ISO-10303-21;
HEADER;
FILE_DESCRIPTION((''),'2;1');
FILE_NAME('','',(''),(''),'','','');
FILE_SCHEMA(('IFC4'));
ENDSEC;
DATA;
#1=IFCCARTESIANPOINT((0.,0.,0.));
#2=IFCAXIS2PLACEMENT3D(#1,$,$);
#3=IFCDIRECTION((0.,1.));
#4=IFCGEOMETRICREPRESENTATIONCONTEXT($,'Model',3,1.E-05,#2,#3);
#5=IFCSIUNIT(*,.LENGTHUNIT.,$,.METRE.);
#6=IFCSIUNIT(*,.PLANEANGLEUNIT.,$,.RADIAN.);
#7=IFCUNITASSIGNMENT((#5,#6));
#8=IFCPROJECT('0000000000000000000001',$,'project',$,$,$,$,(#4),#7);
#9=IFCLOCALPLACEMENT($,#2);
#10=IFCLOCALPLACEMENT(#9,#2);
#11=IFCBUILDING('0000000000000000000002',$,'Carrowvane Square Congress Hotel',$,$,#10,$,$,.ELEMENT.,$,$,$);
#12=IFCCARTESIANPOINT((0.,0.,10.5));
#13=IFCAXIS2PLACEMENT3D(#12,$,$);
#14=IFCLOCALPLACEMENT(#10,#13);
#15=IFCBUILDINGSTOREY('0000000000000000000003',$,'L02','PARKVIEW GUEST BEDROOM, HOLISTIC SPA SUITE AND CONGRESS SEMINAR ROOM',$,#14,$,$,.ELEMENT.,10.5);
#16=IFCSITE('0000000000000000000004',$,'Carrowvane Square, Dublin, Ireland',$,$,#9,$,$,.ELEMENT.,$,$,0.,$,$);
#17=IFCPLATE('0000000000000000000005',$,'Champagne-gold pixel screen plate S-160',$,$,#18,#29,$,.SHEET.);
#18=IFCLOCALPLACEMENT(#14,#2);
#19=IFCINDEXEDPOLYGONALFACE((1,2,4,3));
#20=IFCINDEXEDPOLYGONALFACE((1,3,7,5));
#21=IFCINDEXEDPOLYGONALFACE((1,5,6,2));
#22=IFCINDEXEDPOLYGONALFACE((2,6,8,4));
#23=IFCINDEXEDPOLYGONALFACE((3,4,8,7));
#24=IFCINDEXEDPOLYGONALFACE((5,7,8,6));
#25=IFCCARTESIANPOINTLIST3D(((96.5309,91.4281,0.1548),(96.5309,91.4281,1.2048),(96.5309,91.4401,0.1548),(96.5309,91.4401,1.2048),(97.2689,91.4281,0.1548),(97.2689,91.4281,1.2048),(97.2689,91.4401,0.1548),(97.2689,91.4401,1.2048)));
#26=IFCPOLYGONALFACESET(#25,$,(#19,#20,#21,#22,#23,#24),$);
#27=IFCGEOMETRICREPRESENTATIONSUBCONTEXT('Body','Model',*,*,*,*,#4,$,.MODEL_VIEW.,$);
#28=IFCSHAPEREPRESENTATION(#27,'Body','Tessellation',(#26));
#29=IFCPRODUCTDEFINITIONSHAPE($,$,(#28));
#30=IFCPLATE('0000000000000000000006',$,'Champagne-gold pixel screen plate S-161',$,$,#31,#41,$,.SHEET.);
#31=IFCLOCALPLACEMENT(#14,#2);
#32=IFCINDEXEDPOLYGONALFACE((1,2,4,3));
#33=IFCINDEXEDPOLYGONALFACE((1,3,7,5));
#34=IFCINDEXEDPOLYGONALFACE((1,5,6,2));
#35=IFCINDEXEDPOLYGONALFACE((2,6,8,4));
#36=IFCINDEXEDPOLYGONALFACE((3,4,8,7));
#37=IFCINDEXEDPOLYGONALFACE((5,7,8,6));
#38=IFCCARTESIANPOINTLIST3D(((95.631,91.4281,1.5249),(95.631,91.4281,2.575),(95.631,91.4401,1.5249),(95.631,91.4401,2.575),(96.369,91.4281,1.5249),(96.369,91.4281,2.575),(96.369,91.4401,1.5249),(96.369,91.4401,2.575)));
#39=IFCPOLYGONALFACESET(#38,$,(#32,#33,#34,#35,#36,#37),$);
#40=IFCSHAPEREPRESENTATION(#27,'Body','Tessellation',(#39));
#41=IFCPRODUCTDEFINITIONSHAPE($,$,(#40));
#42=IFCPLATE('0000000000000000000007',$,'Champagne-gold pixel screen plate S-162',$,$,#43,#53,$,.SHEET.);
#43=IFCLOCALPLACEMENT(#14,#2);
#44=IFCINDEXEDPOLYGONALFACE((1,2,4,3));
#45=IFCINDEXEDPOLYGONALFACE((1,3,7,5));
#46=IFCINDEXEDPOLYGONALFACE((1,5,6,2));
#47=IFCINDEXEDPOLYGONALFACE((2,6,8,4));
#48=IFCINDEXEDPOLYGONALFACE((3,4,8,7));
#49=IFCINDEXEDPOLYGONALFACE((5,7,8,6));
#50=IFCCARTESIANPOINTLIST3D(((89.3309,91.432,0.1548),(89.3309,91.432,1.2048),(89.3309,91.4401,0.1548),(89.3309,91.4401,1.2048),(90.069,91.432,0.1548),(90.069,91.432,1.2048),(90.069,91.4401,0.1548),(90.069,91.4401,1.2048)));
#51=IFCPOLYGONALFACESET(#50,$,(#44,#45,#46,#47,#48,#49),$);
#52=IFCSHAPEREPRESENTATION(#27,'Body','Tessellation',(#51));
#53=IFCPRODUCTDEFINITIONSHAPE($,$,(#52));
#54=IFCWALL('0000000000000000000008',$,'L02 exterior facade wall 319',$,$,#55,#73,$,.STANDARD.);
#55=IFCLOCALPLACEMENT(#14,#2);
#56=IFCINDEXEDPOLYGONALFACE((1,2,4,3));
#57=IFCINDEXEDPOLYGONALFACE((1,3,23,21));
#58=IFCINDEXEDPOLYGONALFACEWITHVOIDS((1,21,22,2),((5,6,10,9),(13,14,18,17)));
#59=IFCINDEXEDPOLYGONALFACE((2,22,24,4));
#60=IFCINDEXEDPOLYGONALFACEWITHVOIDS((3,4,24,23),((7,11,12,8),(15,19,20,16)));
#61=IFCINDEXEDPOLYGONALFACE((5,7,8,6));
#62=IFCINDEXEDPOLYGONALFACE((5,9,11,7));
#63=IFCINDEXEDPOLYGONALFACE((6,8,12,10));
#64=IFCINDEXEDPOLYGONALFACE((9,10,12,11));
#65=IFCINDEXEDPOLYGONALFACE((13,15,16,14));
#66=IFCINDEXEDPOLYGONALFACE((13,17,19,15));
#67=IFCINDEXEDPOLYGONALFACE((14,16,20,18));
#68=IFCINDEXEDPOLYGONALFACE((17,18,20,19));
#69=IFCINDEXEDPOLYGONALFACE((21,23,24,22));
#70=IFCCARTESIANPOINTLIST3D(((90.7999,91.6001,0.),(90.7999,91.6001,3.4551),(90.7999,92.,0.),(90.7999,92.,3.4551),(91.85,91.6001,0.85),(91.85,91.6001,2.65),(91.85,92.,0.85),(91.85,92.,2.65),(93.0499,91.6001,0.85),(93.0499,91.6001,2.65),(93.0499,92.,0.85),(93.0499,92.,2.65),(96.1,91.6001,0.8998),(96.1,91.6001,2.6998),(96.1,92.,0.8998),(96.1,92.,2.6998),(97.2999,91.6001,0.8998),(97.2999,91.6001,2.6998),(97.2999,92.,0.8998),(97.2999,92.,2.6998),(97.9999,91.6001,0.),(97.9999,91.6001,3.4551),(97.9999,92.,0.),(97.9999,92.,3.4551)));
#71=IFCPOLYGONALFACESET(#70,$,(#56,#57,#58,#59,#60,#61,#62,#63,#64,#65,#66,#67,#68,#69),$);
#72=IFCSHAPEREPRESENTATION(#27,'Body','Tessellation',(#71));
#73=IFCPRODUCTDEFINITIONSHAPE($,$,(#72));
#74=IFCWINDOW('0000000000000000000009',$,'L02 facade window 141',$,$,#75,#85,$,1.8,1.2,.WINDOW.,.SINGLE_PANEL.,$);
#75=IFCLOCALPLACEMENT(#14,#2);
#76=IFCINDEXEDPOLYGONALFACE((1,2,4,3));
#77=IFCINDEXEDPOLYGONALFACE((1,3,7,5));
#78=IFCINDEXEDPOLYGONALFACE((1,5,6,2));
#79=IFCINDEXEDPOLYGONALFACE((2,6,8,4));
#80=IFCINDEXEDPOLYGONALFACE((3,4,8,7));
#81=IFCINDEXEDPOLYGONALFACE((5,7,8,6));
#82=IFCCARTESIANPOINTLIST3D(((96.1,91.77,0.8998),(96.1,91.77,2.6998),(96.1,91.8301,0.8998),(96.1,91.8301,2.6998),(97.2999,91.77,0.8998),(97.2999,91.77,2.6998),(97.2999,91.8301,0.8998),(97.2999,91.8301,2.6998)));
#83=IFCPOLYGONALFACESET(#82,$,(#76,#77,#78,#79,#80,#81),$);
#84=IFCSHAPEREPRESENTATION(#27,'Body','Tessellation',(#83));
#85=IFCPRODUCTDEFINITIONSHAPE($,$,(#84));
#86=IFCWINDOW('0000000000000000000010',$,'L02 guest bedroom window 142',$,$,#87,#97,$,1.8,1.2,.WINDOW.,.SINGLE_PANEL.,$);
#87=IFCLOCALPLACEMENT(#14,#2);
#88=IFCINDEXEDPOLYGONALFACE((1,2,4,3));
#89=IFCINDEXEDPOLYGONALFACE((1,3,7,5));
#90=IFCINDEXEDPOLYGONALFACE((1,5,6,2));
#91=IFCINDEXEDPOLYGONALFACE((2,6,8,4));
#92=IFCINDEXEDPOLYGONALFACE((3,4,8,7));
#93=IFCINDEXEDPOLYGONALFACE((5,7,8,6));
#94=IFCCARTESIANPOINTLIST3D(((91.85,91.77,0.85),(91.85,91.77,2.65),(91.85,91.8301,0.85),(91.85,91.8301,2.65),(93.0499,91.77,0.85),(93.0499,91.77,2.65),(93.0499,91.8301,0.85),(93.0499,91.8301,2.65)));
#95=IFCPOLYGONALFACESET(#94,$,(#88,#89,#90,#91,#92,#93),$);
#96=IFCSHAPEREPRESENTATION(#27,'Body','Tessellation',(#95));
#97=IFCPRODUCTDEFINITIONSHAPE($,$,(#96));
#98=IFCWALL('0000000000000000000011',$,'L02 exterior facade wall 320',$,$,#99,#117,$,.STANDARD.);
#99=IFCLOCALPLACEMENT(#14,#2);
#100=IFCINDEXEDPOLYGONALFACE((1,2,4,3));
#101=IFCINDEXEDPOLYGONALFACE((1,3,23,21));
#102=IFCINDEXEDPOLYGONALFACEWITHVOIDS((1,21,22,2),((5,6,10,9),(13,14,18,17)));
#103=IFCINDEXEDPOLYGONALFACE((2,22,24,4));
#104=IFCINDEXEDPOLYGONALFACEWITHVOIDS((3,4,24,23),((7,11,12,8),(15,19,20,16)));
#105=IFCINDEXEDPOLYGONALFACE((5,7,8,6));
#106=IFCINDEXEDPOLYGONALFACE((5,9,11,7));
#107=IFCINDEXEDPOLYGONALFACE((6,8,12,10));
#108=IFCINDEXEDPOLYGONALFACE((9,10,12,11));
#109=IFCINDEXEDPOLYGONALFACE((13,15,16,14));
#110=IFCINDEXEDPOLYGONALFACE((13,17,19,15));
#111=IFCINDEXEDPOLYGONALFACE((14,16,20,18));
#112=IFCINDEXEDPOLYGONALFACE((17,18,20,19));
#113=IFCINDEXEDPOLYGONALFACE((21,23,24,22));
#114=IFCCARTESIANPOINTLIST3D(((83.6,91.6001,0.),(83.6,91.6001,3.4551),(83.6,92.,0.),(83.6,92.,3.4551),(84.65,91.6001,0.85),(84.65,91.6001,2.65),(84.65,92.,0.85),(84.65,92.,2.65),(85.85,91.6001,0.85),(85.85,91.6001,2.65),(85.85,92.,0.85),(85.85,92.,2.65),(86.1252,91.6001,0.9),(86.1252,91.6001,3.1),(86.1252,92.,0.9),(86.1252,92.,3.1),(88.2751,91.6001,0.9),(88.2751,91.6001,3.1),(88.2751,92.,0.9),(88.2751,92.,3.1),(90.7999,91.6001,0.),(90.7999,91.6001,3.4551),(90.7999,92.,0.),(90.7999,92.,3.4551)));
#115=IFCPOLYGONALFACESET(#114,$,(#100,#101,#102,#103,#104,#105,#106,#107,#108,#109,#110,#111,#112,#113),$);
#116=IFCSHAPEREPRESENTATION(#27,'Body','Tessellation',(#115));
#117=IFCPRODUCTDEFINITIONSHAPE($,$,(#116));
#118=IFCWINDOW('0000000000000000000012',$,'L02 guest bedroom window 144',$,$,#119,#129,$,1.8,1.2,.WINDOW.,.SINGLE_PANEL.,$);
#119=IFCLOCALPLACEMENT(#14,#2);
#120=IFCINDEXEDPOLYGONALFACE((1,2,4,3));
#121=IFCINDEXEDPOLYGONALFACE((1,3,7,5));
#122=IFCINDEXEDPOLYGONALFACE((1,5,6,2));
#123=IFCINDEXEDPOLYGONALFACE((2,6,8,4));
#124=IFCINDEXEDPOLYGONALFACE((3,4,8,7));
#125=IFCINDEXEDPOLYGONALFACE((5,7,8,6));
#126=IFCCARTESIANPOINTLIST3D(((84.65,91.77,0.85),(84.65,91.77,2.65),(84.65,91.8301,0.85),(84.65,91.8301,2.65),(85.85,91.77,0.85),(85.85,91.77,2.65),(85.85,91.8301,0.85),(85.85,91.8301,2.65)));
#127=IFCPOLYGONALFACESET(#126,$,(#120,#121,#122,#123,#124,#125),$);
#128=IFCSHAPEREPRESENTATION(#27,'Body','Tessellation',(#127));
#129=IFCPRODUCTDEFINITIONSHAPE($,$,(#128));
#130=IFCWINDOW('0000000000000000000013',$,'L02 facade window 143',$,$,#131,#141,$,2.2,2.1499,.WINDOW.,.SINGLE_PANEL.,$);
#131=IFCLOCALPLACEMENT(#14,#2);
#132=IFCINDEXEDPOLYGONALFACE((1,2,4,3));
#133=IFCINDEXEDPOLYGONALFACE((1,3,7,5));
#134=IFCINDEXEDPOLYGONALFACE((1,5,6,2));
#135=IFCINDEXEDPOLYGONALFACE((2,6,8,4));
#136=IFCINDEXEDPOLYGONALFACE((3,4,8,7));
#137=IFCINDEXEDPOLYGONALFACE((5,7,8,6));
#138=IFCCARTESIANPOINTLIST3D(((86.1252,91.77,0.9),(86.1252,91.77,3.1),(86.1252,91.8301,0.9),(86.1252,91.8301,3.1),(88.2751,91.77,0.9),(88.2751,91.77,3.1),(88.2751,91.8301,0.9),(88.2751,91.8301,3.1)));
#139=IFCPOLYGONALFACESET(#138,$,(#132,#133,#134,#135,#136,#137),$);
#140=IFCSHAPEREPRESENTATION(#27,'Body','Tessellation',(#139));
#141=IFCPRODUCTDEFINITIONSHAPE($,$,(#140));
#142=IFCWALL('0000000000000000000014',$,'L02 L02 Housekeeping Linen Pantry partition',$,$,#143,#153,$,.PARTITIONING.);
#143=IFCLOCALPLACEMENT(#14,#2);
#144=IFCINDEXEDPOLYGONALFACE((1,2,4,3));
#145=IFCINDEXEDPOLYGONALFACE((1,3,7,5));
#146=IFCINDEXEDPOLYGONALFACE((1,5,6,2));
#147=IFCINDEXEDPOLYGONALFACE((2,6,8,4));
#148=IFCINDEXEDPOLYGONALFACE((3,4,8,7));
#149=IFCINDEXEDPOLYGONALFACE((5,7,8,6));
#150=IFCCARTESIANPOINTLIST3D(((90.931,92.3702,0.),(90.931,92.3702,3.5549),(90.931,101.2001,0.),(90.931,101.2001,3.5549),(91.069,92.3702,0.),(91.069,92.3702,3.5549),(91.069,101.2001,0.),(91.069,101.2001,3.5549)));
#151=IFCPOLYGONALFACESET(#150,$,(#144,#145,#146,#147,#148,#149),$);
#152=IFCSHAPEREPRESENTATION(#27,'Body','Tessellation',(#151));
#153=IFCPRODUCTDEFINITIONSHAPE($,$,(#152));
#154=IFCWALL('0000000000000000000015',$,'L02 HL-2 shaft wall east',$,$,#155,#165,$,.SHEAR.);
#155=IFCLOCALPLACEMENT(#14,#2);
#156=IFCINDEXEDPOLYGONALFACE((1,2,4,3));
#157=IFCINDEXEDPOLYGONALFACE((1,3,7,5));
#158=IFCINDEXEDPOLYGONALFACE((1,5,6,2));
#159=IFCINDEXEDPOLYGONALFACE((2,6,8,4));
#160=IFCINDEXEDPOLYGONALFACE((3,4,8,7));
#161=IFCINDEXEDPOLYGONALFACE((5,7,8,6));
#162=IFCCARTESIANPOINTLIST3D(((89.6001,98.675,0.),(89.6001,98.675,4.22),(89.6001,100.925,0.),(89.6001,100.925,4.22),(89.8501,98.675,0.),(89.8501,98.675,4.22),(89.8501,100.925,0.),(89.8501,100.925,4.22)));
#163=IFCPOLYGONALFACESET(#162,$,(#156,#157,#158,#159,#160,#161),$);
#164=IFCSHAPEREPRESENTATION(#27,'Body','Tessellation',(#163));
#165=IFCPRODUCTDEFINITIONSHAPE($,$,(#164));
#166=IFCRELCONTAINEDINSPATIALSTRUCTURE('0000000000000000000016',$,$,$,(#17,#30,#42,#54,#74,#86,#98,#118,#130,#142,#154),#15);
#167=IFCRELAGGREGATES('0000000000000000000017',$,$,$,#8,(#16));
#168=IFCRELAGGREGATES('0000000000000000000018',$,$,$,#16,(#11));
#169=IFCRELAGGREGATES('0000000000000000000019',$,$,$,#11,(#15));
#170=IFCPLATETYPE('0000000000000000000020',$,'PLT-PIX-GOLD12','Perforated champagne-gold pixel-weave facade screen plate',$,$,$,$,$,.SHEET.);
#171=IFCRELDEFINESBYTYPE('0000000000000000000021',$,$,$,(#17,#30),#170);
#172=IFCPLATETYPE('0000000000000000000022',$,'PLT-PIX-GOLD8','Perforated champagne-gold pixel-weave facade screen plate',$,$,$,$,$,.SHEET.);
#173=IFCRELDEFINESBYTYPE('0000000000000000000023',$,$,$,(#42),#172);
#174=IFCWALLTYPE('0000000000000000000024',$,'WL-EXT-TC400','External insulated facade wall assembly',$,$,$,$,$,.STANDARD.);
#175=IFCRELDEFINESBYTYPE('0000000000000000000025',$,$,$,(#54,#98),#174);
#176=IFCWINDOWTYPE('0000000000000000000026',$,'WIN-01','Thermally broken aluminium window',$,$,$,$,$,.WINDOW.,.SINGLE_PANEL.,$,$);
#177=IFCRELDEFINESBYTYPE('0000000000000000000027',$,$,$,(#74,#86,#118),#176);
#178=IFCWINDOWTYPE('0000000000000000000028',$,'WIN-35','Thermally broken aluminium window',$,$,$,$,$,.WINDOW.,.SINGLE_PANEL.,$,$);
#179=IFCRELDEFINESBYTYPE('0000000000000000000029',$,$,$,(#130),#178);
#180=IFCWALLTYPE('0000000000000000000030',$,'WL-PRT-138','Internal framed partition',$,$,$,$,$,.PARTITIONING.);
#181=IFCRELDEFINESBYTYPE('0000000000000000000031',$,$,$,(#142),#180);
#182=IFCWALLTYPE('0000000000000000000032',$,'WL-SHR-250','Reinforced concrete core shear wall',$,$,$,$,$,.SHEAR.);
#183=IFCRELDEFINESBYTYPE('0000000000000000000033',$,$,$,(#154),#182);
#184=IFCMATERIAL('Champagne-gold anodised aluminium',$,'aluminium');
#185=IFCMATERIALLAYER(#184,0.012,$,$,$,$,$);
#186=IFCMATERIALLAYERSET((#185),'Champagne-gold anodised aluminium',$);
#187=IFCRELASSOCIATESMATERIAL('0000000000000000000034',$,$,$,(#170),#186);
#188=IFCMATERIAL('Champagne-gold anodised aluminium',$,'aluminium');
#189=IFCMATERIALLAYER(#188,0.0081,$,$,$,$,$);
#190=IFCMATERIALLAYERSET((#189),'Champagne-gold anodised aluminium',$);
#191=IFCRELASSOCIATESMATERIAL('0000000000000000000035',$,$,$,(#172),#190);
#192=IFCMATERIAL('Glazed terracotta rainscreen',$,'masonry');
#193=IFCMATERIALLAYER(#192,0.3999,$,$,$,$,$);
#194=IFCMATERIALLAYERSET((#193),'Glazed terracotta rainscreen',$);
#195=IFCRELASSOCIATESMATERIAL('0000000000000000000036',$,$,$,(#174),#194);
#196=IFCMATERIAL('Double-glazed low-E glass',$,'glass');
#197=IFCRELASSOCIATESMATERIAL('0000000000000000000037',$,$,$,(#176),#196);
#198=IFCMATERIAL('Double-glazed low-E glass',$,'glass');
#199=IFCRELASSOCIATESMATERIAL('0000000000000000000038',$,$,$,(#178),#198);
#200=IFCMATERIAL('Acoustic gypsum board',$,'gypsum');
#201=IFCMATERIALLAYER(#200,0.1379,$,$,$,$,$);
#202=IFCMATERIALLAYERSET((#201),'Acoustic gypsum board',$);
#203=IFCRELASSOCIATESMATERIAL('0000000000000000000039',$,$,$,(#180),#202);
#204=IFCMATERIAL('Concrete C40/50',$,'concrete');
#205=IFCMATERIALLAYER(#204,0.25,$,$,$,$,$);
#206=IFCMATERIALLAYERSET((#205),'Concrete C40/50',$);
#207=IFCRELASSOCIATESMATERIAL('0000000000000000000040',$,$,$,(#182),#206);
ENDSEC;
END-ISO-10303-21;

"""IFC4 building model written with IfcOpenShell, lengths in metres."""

from ifc_helpers import new_model, si_unit, direction, frame, frame_2d, origin, origin_2d, place, context, subcontext, project, spatial, rectangle, extrude, material, layer, layer_set, type_object, element, fill, save


model = new_model("IFC4")

# Units and contexts
model_context = context("Model", 3, precision=1e-05, world=origin(), true_north=direction((0.0, 1.0)))
body_context = subcontext(model_context, "Body", "Model", "MODEL_VIEW")
ifc_project = project(units=[si_unit("LENGTHUNIT", "METRE"), si_unit("PLANEANGLEUNIT", "RADIAN")], contexts=[model_context])

# Site, building, storey
site_placement = place(None, origin())
site = spatial("IfcSite", under=ifc_project, at=site_placement, Name="Carrowvane Square, Dublin, Ireland", CompositionType="ELEMENT", RefElevation=0.0)
building_placement = place(site_placement, origin())
building = spatial("IfcBuilding", under=site, at=building_placement, Name="Carrowvane Square Congress Hotel", CompositionType="ELEMENT")
storey_placement = place(building_placement, frame((0.0, 0.0, 10.5)))
storey = spatial("IfcBuildingStorey", under=building, at=storey_placement, Name="L02", Description="PARKVIEW GUEST BEDROOM, HOLISTIC SPA SUITE AND CONGRESS SEMINAR ROOM", CompositionType="ELEMENT", Elevation=10.5)

# Plates
ifc_material_1 = material(Name="Champagne-gold anodised aluminium", Category="aluminium")
ifc_layer_1 = layer(ifc_material_1, 0.012)
ifc_layer_set_1 = layer_set([ifc_layer_1], Name="Champagne-gold anodised aluminium")
plate_type_1 = type_object("IfcPlateType", Name="PLT-PIX-GOLD12", Description="Perforated champagne-gold pixel-weave facade screen plate", PredefinedType="SHEET", material=ifc_layer_set_1)
for number, where, z_axis, x_axis, name in (
    (1, (96.8999, 91.4341, 0.1548), (0.0, 0.0, 1.0), (-1.0, 0.0, 0.0), "Champagne-gold pixel screen plate S-160"),
    (2, (96.0, 91.4341, 1.5249), (0.0, 0.0, 1.0), (-1.0, 0.0, 0.0), "Champagne-gold pixel screen plate S-161"),
):
    element("IfcPlate", number, at=place(storey_placement, frame(where, z_axis=z_axis, x_axis=x_axis)), inside=storey, type_object=plate_type_1, Name=name, PredefinedType="SHEET", context=body_context, shape_type="SweptSolid", body=[
        extrude(rectangle(XDim=0.738, YDim=0.012, at=origin_2d()), origin(), (0.0, 0.0, 1.0), 1.05),
    ])
ifc_material_2 = material(Name="Champagne-gold anodised aluminium", Category="aluminium")
ifc_layer_2 = layer(ifc_material_2, 0.0081)
ifc_layer_set_2 = layer_set([ifc_layer_2], Name="Champagne-gold anodised aluminium")
plate_type_2 = type_object("IfcPlateType", Name="PLT-PIX-GOLD8", Description="Perforated champagne-gold pixel-weave facade screen plate", PredefinedType="SHEET", material=ifc_layer_set_2)
plate_placement = place(storey_placement, frame((89.7, 91.436, 0.1548), z_axis=(0.0, 0.0, 1.0), x_axis=(-1.0, 0.0, 0.0)))
element("IfcPlate", 3, at=plate_placement, inside=storey, type_object=plate_type_2, Name="Champagne-gold pixel screen plate S-162", PredefinedType="SHEET", context=body_context, shape_type="SweptSolid", body=[
    extrude(rectangle(XDim=0.738, YDim=0.0081, at=origin_2d()), origin(), (0.0, 0.0, 1.0), 1.05),
])

# Walls, openings, windows
ifc_material_3 = material(Name="Glazed terracotta rainscreen", Category="masonry")
ifc_layer_3 = layer(ifc_material_3, 0.3999)
ifc_layer_set_3 = layer_set([ifc_layer_3], Name="Glazed terracotta rainscreen")
wall_type_1 = type_object("IfcWallType", Name="WL-EXT-TC400", Description="External insulated facade wall assembly", PredefinedType="STANDARD", material=ifc_layer_set_3)
wall_1_placement = place(storey_placement, frame((98.0, 91.8, 0.0), z_axis=(0.0, 0.0, 1.0), x_axis=(-1.0, 0.0, 0.0)))
wall_1 = element("IfcWall", 4, at=wall_1_placement, inside=storey, type_object=wall_type_1, Name="L02 exterior facade wall 319", PredefinedType="STANDARD", context=body_context, shape_type="SweptSolid", body=[
    extrude(rectangle(XDim=7.2, YDim=0.3999, at=frame_2d((3.6001, 0.0))), origin(), (0.0, 0.0, 1.0), 3.4551),
])
opening_1_placement = place(wall_1_placement, frame((0.7, 0.0, 0.8999)))
opening_1 = element("IfcOpeningElement", 5, at=opening_1_placement, cuts=wall_1, PredefinedType="OPENING", context=body_context, shape_type="SweptSolid", body=[
    extrude(rectangle(XDim=1.2, YDim=1.8, at=frame_2d((0.6001, 0.8999))), frame((0.0, 0.21, 0.0), z_axis=(0.0, -1.0, 0.0), x_axis=(1.0, 0.0, 0.0)), (0.0, 0.0, 1.0), 0.4199),
])
opening_2_placement = place(wall_1_placement, frame((4.95, 0.0, 0.8501)))
opening_2 = element("IfcOpeningElement", 6, at=opening_2_placement, cuts=wall_1, PredefinedType="OPENING", context=body_context, shape_type="SweptSolid", body=[
    extrude(rectangle(XDim=1.2, YDim=1.8, at=frame_2d((0.6001, 0.8999))), frame((0.0, 0.21, 0.0), z_axis=(0.0, -1.0, 0.0), x_axis=(1.0, 0.0, 0.0)), (0.0, 0.0, 1.0), 0.4199),
])
ifc_material_4 = material(Name="Double-glazed low-E glass", Category="glass")
window_type_1 = type_object("IfcWindowType", Name="WIN-01", Description="Thermally broken aluminium window", PartitioningType="SINGLE_PANEL", PredefinedType="WINDOW", material=ifc_material_4)
window_1_placement = place(opening_1_placement, origin())
window_1 = element("IfcWindow", 7, at=window_1_placement, inside=storey, type_object=window_type_1, Name="L02 facade window 141", OverallHeight=1.8, OverallWidth=1.2, PartitioningType="SINGLE_PANEL", PredefinedType="WINDOW", context=body_context, shape_type="SweptSolid", body=[
    extrude(rectangle(XDim=1.2, YDim=1.8, at=frame_2d((0.6001, 0.8999))), frame((0.0, 0.03, 0.0), z_axis=(0.0, -1.0, 0.0), x_axis=(1.0, 0.0, 0.0)), (0.0, 0.0, 1.0), 0.0601),
])
fill(opening_1, window_1)
window_2_placement = place(opening_2_placement, origin())
window_2 = element("IfcWindow", 8, at=window_2_placement, inside=storey, type_object=window_type_1, Name="L02 guest bedroom window 142", OverallHeight=1.8, OverallWidth=1.2, PartitioningType="SINGLE_PANEL", PredefinedType="WINDOW", context=body_context, shape_type="SweptSolid", body=[
    extrude(rectangle(XDim=1.2, YDim=1.8, at=frame_2d((0.6001, 0.8999))), frame((0.0, 0.03, 0.0), z_axis=(0.0, -1.0, 0.0), x_axis=(1.0, 0.0, 0.0)), (0.0, 0.0, 1.0), 0.0601),
])
fill(opening_2, window_2)
wall_2_placement = place(storey_placement, frame((90.8, 91.8, 0.0), z_axis=(0.0, 0.0, 1.0), x_axis=(-1.0, 0.0, 0.0)))
wall_2 = element("IfcWall", 9, at=wall_2_placement, inside=storey, type_object=wall_type_1, Name="L02 exterior facade wall 320", PredefinedType="STANDARD", context=body_context, shape_type="SweptSolid", body=[
    extrude(rectangle(XDim=7.2, YDim=0.3999, at=frame_2d((3.6001, 0.0))), origin(), (0.0, 0.0, 1.0), 3.4551),
])
opening_3_placement = place(wall_2_placement, frame((2.5249, 0.0, 0.8999)))
opening_3 = element("IfcOpeningElement", 10, at=opening_3_placement, cuts=wall_2, PredefinedType="OPENING", context=body_context, shape_type="SweptSolid", body=[
    extrude(rectangle(XDim=2.1499, YDim=2.2, at=frame_2d((1.075, 1.1001))), frame((0.0, 0.21, 0.0), z_axis=(0.0, -1.0, 0.0), x_axis=(1.0, 0.0, 0.0)), (0.0, 0.0, 1.0), 0.4199),
])
opening_4_placement = place(wall_2_placement, frame((4.95, 0.0, 0.8501)))
opening_4 = element("IfcOpeningElement", 11, at=opening_4_placement, cuts=wall_2, PredefinedType="OPENING", context=body_context, shape_type="SweptSolid", body=[
    extrude(rectangle(XDim=1.2, YDim=1.8, at=frame_2d((0.6001, 0.8999))), frame((0.0, 0.21, 0.0), z_axis=(0.0, -1.0, 0.0), x_axis=(1.0, 0.0, 0.0)), (0.0, 0.0, 1.0), 0.4199),
])
window_3_placement = place(opening_4_placement, origin())
window_3 = element("IfcWindow", 12, at=window_3_placement, inside=storey, type_object=window_type_1, Name="L02 guest bedroom window 144", OverallHeight=1.8, OverallWidth=1.2, PartitioningType="SINGLE_PANEL", PredefinedType="WINDOW", context=body_context, shape_type="SweptSolid", body=[
    extrude(rectangle(XDim=1.2, YDim=1.8, at=frame_2d((0.6001, 0.8999))), frame((0.0, 0.03, 0.0), z_axis=(0.0, -1.0, 0.0), x_axis=(1.0, 0.0, 0.0)), (0.0, 0.0, 1.0), 0.0601),
])
fill(opening_4, window_3)
ifc_material_5 = material(Name="Double-glazed low-E glass", Category="glass")
window_type_2 = type_object("IfcWindowType", Name="WIN-35", Description="Thermally broken aluminium window", PartitioningType="SINGLE_PANEL", PredefinedType="WINDOW", material=ifc_material_5)
window_4_placement = place(opening_3_placement, origin())
window_4 = element("IfcWindow", 13, at=window_4_placement, inside=storey, type_object=window_type_2, Name="L02 facade window 143", OverallHeight=2.2, OverallWidth=2.1499, PartitioningType="SINGLE_PANEL", PredefinedType="WINDOW", context=body_context, shape_type="SweptSolid", body=[
    extrude(rectangle(XDim=2.1499, YDim=2.2, at=frame_2d((1.075, 1.1001))), frame((0.0, 0.03, 0.0), z_axis=(0.0, -1.0, 0.0), x_axis=(1.0, 0.0, 0.0)), (0.0, 0.0, 1.0), 0.0601),
])
fill(opening_3, window_4)

# Walls
ifc_material_6 = material(Name="Acoustic gypsum board", Category="gypsum")
ifc_layer_4 = layer(ifc_material_6, 0.1379)
ifc_layer_set_4 = layer_set([ifc_layer_4], Name="Acoustic gypsum board")
wall_type_2 = type_object("IfcWallType", Name="WL-PRT-138", Description="Internal framed partition", PredefinedType="PARTITIONING", material=ifc_layer_set_4)
wall_3_placement = place(storey_placement, frame((91.0, 92.3701, 0.0), z_axis=(0.0, 0.0, 1.0), x_axis=(0.0, 1.0, 0.0)))
element("IfcWall", 14, at=wall_3_placement, inside=storey, type_object=wall_type_2, Name="L02 L02 Housekeeping Linen Pantry partition", PredefinedType="PARTITIONING", context=body_context, shape_type="SweptSolid", body=[
    extrude(rectangle(XDim=8.8298, YDim=0.1379, at=frame_2d((4.415, 0.0))), origin(), (0.0, 0.0, 1.0), 3.5549),
])
ifc_material_7 = material(Name="Concrete C40/50", Category="concrete")
ifc_layer_5 = layer(ifc_material_7, 0.25)
ifc_layer_set_5 = layer_set([ifc_layer_5], Name="Concrete C40/50")
wall_type_3 = type_object("IfcWallType", Name="WL-SHR-250", Description="Reinforced concrete core shear wall", PredefinedType="SHEAR", material=ifc_layer_set_5)
wall_4_placement = place(storey_placement, frame((89.7251, 98.675, 0.0), z_axis=(0.0, 0.0, 1.0), x_axis=(0.0, 1.0, 0.0)))
element("IfcWall", 15, at=wall_4_placement, inside=storey, type_object=wall_type_3, Name="L02 HL-2 shaft wall east", PredefinedType="SHEAR", context=body_context, shape_type="SweptSolid", body=[
    extrude(rectangle(XDim=2.25, YDim=0.25, at=frame_2d((1.125, 0.0))), origin(), (0.0, 0.0, 1.0), 4.22),
])

save(model, "model.ifc")
